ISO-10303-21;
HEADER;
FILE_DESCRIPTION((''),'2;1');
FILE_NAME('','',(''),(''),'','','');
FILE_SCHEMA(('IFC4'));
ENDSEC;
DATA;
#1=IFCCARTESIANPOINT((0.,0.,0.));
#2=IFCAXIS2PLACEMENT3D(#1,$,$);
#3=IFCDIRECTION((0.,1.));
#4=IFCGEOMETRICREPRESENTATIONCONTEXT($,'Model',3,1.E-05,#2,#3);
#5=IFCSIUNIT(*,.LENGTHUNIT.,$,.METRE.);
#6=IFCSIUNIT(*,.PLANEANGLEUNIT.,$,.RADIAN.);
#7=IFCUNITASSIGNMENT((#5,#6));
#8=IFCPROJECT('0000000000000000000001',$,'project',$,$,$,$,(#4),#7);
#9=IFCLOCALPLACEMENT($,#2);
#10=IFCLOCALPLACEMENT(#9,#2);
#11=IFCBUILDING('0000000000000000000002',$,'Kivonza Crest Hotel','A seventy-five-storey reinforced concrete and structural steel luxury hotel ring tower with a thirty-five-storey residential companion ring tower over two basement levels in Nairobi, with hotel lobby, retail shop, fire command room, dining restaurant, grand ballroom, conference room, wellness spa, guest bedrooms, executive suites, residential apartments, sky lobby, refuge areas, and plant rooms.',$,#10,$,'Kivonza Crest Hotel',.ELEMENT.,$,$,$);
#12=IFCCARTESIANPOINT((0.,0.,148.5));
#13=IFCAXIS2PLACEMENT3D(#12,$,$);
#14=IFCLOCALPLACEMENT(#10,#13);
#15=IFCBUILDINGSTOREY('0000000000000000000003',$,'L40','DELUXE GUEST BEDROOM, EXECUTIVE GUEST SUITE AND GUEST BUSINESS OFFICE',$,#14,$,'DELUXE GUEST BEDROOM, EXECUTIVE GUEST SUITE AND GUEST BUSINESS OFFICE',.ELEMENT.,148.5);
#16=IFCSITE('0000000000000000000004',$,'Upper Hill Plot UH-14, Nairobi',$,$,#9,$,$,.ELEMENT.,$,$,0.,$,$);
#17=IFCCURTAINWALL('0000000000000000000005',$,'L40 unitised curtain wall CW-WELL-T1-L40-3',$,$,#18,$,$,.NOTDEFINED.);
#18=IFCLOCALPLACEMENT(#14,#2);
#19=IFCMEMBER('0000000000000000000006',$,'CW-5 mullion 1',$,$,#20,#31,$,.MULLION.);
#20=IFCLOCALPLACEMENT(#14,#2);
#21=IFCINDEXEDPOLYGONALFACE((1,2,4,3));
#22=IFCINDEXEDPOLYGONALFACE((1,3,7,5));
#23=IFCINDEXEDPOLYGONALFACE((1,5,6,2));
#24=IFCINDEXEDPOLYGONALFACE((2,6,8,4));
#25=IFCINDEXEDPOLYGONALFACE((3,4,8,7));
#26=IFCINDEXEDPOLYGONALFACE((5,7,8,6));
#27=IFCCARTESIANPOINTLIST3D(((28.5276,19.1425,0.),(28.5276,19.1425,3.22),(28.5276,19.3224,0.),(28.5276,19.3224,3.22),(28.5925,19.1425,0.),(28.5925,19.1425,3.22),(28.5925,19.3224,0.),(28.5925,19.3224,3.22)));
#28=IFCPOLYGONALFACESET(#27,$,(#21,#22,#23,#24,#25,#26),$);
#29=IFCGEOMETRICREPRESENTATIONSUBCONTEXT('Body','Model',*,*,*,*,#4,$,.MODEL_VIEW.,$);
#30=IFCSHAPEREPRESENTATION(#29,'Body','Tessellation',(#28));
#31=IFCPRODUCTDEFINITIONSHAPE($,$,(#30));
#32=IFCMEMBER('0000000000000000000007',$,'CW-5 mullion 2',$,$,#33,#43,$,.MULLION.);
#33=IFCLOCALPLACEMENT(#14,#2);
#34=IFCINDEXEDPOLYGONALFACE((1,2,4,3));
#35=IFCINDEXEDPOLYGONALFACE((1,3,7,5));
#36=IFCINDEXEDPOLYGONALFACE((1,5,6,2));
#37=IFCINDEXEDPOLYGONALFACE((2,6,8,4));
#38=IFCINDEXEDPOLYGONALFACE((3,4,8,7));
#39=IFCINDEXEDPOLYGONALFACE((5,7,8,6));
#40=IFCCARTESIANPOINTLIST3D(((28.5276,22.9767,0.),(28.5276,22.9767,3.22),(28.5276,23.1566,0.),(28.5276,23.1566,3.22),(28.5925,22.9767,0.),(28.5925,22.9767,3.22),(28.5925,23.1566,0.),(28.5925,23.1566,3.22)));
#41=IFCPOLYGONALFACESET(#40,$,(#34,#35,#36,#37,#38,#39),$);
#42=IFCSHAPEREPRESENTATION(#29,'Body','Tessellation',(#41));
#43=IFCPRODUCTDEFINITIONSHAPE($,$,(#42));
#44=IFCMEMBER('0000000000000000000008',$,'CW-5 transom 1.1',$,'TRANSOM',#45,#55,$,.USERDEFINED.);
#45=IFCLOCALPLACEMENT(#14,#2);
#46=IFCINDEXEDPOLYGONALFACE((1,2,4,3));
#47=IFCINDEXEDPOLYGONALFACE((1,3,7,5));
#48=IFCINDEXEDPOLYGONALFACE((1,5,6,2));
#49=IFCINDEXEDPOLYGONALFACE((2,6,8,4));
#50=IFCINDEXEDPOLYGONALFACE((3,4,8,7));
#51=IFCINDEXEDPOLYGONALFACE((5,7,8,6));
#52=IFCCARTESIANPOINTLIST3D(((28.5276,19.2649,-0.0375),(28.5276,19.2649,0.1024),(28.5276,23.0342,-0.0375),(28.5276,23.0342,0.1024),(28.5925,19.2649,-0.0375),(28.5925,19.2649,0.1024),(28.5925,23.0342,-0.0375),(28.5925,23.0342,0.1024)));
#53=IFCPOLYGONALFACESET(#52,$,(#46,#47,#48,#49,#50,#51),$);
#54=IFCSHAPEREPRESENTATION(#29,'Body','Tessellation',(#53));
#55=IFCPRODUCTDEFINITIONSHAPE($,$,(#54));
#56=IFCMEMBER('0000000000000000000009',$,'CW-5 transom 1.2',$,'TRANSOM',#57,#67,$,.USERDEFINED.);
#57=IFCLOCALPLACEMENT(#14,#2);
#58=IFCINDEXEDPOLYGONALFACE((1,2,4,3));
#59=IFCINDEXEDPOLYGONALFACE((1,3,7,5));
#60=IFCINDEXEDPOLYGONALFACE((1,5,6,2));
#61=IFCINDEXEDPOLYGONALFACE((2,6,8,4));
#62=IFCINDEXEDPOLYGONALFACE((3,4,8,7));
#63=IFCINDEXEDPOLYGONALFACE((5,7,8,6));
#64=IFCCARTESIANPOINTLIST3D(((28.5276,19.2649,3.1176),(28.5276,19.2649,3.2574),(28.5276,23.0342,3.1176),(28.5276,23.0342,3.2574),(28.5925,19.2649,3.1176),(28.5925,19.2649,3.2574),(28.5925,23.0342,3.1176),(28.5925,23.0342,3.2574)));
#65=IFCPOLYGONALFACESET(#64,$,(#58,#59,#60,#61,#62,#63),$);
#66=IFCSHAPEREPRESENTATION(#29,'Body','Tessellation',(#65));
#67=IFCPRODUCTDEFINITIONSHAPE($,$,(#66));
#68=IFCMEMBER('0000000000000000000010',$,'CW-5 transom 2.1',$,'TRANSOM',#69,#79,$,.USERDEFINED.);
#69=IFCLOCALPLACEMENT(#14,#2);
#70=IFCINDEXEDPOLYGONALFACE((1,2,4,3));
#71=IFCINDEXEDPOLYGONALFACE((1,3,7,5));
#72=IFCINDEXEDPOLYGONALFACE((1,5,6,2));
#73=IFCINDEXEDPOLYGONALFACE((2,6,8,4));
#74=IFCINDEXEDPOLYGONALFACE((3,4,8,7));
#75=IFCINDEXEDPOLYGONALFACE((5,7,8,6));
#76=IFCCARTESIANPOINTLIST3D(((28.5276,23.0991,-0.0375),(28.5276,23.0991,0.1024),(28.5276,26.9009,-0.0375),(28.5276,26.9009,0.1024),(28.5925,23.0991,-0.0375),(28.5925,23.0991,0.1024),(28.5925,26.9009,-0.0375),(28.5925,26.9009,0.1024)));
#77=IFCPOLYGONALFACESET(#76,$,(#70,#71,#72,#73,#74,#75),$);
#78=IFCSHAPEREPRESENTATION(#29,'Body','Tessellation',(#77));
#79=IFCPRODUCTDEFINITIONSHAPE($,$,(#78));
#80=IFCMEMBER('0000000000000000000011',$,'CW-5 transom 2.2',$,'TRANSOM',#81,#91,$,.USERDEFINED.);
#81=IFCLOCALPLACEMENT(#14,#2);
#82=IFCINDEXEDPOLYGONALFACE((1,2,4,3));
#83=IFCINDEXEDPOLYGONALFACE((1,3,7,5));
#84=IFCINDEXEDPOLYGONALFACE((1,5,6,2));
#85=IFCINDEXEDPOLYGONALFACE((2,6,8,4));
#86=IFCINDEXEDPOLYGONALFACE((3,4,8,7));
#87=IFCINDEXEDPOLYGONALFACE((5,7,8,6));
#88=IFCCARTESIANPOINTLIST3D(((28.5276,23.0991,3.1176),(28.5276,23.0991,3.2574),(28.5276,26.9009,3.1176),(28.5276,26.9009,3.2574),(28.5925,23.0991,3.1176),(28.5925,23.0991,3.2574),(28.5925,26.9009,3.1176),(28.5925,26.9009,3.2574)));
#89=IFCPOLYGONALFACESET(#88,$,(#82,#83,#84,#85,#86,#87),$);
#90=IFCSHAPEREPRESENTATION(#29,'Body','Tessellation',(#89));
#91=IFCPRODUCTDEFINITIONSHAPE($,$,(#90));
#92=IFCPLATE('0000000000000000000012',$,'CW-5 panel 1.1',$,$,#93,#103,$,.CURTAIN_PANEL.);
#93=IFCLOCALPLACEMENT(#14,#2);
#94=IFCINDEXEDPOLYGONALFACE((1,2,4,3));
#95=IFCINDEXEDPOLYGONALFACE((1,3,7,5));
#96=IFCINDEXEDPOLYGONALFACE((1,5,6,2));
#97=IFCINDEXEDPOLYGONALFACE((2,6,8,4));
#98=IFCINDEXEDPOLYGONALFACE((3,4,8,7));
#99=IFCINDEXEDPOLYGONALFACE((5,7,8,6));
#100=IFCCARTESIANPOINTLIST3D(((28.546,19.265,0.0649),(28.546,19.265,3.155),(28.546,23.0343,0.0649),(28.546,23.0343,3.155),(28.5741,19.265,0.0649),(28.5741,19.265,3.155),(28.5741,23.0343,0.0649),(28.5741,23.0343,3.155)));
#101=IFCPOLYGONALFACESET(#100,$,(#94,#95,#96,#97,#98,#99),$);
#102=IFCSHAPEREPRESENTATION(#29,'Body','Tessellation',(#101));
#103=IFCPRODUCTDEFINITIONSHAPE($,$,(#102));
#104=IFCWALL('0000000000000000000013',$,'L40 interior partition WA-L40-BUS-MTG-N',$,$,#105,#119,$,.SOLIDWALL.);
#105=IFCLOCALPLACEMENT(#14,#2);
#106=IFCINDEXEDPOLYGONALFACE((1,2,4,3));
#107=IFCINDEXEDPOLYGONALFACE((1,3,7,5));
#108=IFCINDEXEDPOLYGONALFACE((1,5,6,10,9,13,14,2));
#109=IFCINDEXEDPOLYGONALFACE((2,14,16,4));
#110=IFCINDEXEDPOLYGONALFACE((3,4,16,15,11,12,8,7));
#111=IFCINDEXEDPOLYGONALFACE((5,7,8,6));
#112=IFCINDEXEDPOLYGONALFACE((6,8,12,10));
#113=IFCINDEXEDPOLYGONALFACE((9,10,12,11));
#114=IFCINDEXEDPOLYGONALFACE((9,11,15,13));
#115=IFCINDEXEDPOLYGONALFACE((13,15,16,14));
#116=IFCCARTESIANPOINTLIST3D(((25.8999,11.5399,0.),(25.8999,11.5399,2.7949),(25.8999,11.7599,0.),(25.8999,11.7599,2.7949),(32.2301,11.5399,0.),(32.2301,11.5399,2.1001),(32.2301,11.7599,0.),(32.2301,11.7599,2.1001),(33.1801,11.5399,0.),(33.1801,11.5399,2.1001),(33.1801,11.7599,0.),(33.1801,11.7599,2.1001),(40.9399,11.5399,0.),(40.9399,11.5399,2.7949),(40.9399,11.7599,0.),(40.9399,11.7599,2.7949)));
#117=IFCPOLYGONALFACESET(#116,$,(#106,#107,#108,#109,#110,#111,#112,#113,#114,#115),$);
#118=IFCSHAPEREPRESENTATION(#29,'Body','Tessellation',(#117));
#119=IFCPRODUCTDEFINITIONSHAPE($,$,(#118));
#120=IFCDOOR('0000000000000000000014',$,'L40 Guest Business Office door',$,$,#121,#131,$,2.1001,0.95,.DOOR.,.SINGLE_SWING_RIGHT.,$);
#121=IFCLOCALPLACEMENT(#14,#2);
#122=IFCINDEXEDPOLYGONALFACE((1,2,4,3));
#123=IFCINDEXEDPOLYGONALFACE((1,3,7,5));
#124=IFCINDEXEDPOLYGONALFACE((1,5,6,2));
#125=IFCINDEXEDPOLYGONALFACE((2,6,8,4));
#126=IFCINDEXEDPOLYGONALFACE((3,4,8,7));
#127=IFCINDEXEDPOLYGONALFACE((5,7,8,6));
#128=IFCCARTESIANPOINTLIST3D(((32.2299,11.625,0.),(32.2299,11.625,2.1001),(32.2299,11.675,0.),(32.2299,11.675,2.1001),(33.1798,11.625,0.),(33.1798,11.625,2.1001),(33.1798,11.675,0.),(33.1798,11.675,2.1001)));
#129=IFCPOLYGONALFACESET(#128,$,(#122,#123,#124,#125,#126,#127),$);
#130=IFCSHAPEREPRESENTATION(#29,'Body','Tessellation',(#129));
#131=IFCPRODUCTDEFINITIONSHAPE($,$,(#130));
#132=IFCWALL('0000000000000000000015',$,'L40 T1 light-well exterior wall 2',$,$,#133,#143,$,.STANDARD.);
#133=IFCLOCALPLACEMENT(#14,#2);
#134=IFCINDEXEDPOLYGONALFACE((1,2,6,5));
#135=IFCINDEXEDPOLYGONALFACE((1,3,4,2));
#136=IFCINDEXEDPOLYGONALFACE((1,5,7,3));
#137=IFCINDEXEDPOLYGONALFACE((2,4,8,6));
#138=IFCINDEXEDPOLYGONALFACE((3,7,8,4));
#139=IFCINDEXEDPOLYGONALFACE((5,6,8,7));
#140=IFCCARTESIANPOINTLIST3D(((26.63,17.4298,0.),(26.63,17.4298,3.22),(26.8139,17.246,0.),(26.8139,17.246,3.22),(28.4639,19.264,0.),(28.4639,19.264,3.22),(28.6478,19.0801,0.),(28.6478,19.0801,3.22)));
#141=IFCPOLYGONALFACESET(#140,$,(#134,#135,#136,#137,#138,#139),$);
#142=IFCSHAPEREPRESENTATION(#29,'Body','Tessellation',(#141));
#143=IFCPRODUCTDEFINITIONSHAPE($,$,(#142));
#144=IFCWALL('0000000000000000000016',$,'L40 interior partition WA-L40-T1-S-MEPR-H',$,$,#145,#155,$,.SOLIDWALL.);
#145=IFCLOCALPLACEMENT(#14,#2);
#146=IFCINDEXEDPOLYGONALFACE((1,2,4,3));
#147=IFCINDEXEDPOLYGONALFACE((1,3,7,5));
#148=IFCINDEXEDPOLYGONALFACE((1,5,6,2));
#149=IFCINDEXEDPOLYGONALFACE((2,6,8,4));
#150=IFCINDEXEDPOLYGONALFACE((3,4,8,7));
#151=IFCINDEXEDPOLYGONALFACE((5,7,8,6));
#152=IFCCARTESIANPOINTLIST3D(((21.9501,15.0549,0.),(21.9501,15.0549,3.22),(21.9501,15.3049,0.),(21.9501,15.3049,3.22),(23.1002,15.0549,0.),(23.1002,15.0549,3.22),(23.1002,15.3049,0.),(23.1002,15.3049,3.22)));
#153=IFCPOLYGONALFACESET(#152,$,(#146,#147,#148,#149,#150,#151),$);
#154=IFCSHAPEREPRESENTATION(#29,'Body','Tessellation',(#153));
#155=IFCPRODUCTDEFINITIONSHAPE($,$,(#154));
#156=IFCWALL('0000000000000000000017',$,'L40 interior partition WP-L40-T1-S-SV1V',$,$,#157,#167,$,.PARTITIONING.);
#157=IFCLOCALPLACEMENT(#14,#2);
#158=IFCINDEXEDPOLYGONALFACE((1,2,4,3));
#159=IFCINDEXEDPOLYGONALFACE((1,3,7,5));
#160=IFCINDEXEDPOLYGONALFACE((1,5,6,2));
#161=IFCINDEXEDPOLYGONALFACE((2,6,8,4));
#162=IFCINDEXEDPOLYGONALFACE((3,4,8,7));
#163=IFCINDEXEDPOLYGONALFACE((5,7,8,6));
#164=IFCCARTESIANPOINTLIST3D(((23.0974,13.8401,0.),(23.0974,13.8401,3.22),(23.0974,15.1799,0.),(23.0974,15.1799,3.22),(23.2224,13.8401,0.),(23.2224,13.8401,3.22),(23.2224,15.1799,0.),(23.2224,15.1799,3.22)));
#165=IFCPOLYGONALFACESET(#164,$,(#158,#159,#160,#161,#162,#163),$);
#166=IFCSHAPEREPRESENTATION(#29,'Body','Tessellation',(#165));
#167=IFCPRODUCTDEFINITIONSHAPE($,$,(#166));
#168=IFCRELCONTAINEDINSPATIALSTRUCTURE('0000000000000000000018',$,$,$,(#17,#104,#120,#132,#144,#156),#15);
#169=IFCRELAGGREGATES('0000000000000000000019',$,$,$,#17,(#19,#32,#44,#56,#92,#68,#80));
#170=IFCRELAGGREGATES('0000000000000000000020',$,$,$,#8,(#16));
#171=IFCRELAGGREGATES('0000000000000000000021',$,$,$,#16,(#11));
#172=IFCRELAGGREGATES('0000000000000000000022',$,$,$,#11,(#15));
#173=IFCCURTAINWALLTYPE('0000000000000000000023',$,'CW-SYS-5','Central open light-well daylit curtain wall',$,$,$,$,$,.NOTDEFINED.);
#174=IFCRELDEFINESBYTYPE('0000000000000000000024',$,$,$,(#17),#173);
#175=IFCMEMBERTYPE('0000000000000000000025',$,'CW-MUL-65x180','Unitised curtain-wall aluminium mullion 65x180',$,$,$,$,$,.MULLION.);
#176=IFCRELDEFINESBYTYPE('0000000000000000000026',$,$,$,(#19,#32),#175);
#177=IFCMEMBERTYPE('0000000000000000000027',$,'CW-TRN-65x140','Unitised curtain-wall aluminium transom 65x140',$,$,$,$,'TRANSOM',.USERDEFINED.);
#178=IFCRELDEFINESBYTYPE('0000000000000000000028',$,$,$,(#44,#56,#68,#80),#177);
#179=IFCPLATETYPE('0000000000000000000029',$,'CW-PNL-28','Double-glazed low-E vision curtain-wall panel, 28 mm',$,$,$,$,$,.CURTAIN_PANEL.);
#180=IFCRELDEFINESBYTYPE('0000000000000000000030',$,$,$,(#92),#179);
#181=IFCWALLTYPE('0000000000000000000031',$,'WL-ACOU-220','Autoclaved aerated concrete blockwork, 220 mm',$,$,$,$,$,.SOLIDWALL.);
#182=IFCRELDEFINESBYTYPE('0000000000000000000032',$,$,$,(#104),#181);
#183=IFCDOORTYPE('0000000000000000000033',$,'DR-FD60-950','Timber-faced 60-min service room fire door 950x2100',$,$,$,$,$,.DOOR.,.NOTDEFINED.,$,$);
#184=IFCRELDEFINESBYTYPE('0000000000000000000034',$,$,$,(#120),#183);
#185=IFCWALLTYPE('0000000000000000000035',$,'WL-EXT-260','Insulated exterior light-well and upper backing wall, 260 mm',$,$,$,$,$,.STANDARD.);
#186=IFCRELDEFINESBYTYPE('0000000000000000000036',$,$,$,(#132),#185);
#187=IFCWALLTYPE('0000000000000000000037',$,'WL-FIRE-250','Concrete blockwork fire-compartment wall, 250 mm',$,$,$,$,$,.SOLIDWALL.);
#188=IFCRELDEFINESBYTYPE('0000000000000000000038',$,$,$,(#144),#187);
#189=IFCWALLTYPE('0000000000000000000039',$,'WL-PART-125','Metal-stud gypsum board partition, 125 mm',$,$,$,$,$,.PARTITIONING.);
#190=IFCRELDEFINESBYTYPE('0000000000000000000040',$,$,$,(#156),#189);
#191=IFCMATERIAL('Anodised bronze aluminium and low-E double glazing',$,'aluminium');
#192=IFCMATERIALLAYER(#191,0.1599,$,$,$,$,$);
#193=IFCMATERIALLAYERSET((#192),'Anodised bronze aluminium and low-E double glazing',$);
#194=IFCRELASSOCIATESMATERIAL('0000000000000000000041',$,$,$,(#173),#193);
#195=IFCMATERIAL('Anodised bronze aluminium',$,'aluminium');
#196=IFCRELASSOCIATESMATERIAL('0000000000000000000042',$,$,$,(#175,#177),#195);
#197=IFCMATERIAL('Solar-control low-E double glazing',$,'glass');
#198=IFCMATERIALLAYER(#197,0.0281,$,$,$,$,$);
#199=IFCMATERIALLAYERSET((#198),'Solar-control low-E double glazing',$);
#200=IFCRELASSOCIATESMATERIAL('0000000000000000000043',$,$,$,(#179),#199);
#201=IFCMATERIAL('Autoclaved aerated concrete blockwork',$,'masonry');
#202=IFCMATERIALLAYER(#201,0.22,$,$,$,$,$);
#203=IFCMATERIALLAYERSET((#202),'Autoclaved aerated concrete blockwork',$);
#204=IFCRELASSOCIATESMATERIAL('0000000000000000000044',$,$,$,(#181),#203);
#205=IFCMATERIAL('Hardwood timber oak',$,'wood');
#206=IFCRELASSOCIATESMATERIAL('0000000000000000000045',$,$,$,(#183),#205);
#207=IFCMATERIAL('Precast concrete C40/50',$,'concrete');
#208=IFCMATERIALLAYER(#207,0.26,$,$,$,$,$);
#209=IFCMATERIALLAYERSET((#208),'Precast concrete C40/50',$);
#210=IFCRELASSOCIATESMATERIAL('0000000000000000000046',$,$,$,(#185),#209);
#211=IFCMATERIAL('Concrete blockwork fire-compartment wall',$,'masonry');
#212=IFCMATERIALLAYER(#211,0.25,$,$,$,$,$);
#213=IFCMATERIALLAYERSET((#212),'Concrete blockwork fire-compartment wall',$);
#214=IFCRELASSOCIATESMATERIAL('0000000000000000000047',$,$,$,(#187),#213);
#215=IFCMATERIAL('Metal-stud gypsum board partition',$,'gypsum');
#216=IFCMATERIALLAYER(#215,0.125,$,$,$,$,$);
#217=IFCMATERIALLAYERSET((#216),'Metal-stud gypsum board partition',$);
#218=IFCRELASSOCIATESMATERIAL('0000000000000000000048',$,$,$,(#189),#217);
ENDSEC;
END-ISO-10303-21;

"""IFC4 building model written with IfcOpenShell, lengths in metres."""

from ifc_helpers import new_model, si_unit, direction, frame, frame_2d, origin, origin_2d, place, context, subcontext, project, spatial, rectangle, extrude, material, layer, layer_set, material_profile, profile_set, type_object, element, fill, aggregate, save


model = new_model("IFC4")

# Units and contexts
model_context = context("Model", 3, precision=1e-05, world=origin(), true_north=direction((0.0, 1.0)))
body_context = subcontext(model_context, "Body", "Model", "MODEL_VIEW")
ifc_project = project(units=[si_unit("LENGTHUNIT", "METRE"), si_unit("PLANEANGLEUNIT", "RADIAN")], contexts=[model_context])

# Site, building, storey
site_placement = place(None, origin())
site = spatial("IfcSite", under=ifc_project, at=site_placement, Name="Upper Hill Plot UH-14, Nairobi", CompositionType="ELEMENT", RefElevation=0.0)
building_placement = place(site_placement, origin())
building = spatial("IfcBuilding", under=site, at=building_placement, Name="Kivonza Crest Hotel", Description="A seventy-five-storey reinforced concrete and structural steel luxury hotel ring tower with a thirty-five-storey residential companion ring tower over two basement levels in Nairobi, with hotel lobby, retail shop, fire command room, dining restaurant, grand ballroom, conference room, wellness spa, guest bedrooms, executive suites, residential apartments, sky lobby, refuge areas, and plant rooms.", LongName="Kivonza Crest Hotel", CompositionType="ELEMENT")
storey_placement = place(building_placement, frame((0.0, 0.0, 148.5)))
storey = spatial("IfcBuildingStorey", under=building, at=storey_placement, Name="L40", Description="DELUXE GUEST BEDROOM, EXECUTIVE GUEST SUITE AND GUEST BUSINESS OFFICE", LongName="DELUXE GUEST BEDROOM, EXECUTIVE GUEST SUITE AND GUEST BUSINESS OFFICE", CompositionType="ELEMENT", Elevation=148.5)

# Curtain wall, members, plate
ifc_material_1 = material(Name="Anodised bronze aluminium and low-E double glazing", Category="aluminium")
ifc_layer_1 = layer(ifc_material_1, 0.1599)
ifc_layer_set_1 = layer_set([ifc_layer_1], Name="Anodised bronze aluminium and low-E double glazing")
curtain_wall_type = type_object("IfcCurtainWallType", Name="CW-SYS-5", Description="Central open light-well daylit curtain wall", PredefinedType="NOTDEFINED", material=ifc_layer_set_1)
curtain_wall_placement = place(storey_placement, origin())
curtain_wall = element("IfcCurtainWall", 1, at=curtain_wall_placement, inside=storey, type_object=curtain_wall_type, Name="L40 unitised curtain wall CW-WELL-T1-L40-3", PredefinedType="NOTDEFINED")
ifc_material_2 = material(Name="Anodised bronze aluminium", Category="aluminium")
ifc_material_profile_1 = material_profile(ifc_material_2, rectangle(XDim=0.0649, YDim=0.1799, at=origin_2d()), Name="CW-M 65x180")
ifc_profile_set_1 = profile_set([ifc_material_profile_1], Name="Anodised bronze aluminium")
member_type_1 = type_object("IfcMemberType", Name="CW-MUL-65x180", Description="Unitised curtain-wall aluminium mullion 65x180", PredefinedType="MULLION", material=ifc_profile_set_1)
member_1_placement = place(storey_placement, frame((28.5601, 19.2324, 0.0), z_axis=(0.0, 0.0, 1.0), x_axis=(-1.0, 0.0, 0.0)))
member_1 = element("IfcMember", 2, at=member_1_placement, type_object=member_type_1, Name="CW-5 mullion 1", PredefinedType="MULLION", context=body_context, shape_type="SweptSolid", body=[
    extrude(rectangle(XDim=0.0649, YDim=0.1799, at=origin_2d()), origin(), (0.0, 0.0, 1.0), 3.22),
])
member_2_placement = place(storey_placement, frame((28.5601, 23.0667, 0.0), z_axis=(0.0, 0.0, 1.0), x_axis=(-1.0, 0.0, 0.0)))
member_2 = element("IfcMember", 3, at=member_2_placement, type_object=member_type_1, Name="CW-5 mullion 2", PredefinedType="MULLION", context=body_context, shape_type="SweptSolid", body=[
    extrude(rectangle(XDim=0.0649, YDim=0.1799, at=origin_2d()), origin(), (0.0, 0.0, 1.0), 3.22),
])
ifc_material_profile_2 = material_profile(ifc_material_2, rectangle(XDim=0.0649, YDim=0.1399, at=origin_2d()), Name="CW-T 65x140")
ifc_profile_set_2 = profile_set([ifc_material_profile_2], Name="Anodised bronze aluminium")
member_type_2 = type_object("IfcMemberType", Name="CW-TRN-65x140", Description="Unitised curtain-wall aluminium transom 65x140", ElementType="TRANSOM", PredefinedType="USERDEFINED", material=ifc_profile_set_2)
member_3_placement = place(storey_placement, frame((28.5601, 19.2649, 0.0325), z_axis=(0.0, 1.0, 0.0), x_axis=(-1.0, 0.0, 0.0)))
member_3 = element("IfcMember", 4, at=member_3_placement, type_object=member_type_2, Name="CW-5 transom 1.1", ObjectType="TRANSOM", PredefinedType="USERDEFINED", context=body_context, shape_type="SweptSolid", body=[
    extrude(rectangle(XDim=0.0649, YDim=0.1399, at=origin_2d()), origin(), (0.0, 0.0, 1.0), 3.7693),
])
member_4_placement = place(storey_placement, frame((28.5601, 19.2649, 3.1875), z_axis=(0.0, 1.0, 0.0), x_axis=(-1.0, 0.0, 0.0)))
member_4 = element("IfcMember", 5, at=member_4_placement, type_object=member_type_2, Name="CW-5 transom 1.2", ObjectType="TRANSOM", PredefinedType="USERDEFINED", context=body_context, shape_type="SweptSolid", body=[
    extrude(rectangle(XDim=0.0649, YDim=0.1399, at=origin_2d()), origin(), (0.0, 0.0, 1.0), 3.7693),
])
member_5_placement = place(storey_placement, frame((28.5601, 23.0991, 0.0325), z_axis=(0.0, 1.0, 0.0), x_axis=(-1.0, 0.0, 0.0)))
member_5 = element("IfcMember", 6, at=member_5_placement, type_object=member_type_2, Name="CW-5 transom 2.1", ObjectType="TRANSOM", PredefinedType="USERDEFINED", context=body_context, shape_type="SweptSolid", body=[
    extrude(rectangle(XDim=0.0649, YDim=0.1399, at=origin_2d()), origin(), (0.0, 0.0, 1.0), 3.8018),
])
member_6_placement = place(storey_placement, frame((28.5601, 23.0991, 3.1875), z_axis=(0.0, 1.0, 0.0), x_axis=(-1.0, 0.0, 0.0)))
member_6 = element("IfcMember", 7, at=member_6_placement, type_object=member_type_2, Name="CW-5 transom 2.2", ObjectType="TRANSOM", PredefinedType="USERDEFINED", context=body_context, shape_type="SweptSolid", body=[
    extrude(rectangle(XDim=0.0649, YDim=0.1399, at=origin_2d()), origin(), (0.0, 0.0, 1.0), 3.8018),
])
ifc_material_3 = material(Name="Solar-control low-E double glazing", Category="glass")
ifc_layer_2 = layer(ifc_material_3, 0.0281)
ifc_layer_set_2 = layer_set([ifc_layer_2], Name="Solar-control low-E double glazing")
plate_type = type_object("IfcPlateType", Name="CW-PNL-28", Description="Double-glazed low-E vision curtain-wall panel, 28 mm", PredefinedType="CURTAIN_PANEL", material=ifc_layer_set_2)
plate_placement = place(storey_placement, frame((28.5601, 21.1497, 0.0649), z_axis=(0.0, 0.0, 1.0), x_axis=(0.0, 1.0, 0.0)))
plate = element("IfcPlate", 8, at=plate_placement, type_object=plate_type, Name="CW-5 panel 1.1", PredefinedType="CURTAIN_PANEL", context=body_context, shape_type="SweptSolid", body=[
    extrude(rectangle(XDim=3.7693, YDim=0.0281, at=origin_2d()), origin(), (0.0, 0.0, 1.0), 3.0901),
])
aggregate(curtain_wall, [member_1, member_2, member_3, member_4, plate, member_5, member_6])

# Wall, opening, door
ifc_material_4 = material(Name="Autoclaved aerated concrete blockwork", Category="masonry")
ifc_layer_3 = layer(ifc_material_4, 0.22)
ifc_layer_set_3 = layer_set([ifc_layer_3], Name="Autoclaved aerated concrete blockwork")
wall_type_1 = type_object("IfcWallType", Name="WL-ACOU-220", Description="Autoclaved aerated concrete blockwork, 220 mm", PredefinedType="SOLIDWALL", material=ifc_layer_set_3)
wall_1_placement = place(storey_placement, frame((25.8999, 11.6499, 0.0), z_axis=(0.0, 0.0, 1.0), x_axis=(1.0, 0.0, 0.0)))
wall_1 = element("IfcWall", 9, at=wall_1_placement, inside=storey, type_object=wall_type_1, Name="L40 interior partition WA-L40-BUS-MTG-N", PredefinedType="SOLIDWALL", context=body_context, shape_type="SweptSolid", body=[
    extrude(rectangle(XDim=15.04, YDim=0.22, at=frame_2d((7.52, 0.0))), origin(), (0.0, 0.0, 1.0), 2.7949),
])
opening_1_placement = place(wall_1_placement, frame((6.3301, 0.0, 0.0)))
opening_1 = element("IfcOpeningElement", 10, at=opening_1_placement, cuts=wall_1, PredefinedType="OPENING", context=body_context, shape_type="SweptSolid", body=[
    extrude(rectangle(XDim=0.95, YDim=2.1001, at=frame_2d((0.4751, 1.05))), frame((0.0, 0.1201, 0.0), z_axis=(0.0, -1.0, 0.0), x_axis=(1.0, 0.0, 0.0)), (0.0, 0.0, 1.0), 0.24),
])
ifc_material_5 = material(Name="Hardwood timber oak", Category="wood")
door_type_1 = type_object("IfcDoorType", Name="DR-FD60-950", Description="Timber-faced 60-min service room fire door 950x2100", OperationType="NOTDEFINED", PredefinedType="DOOR", material=ifc_material_5)
door_1_placement = place(opening_1_placement, frame((0.95, 0.0, 0.0), z_axis=(0.0, 0.0, 1.0), x_axis=(-1.0, 0.0, 0.0)))
door_1 = element("IfcDoor", 11, at=door_1_placement, inside=storey, type_object=door_type_1, Name="L40 Guest Business Office door", OperationType="SINGLE_SWING_RIGHT", OverallHeight=2.1001, OverallWidth=0.95, PredefinedType="DOOR", context=body_context, shape_type="SweptSolid", body=[
    extrude(rectangle(XDim=0.95, YDim=2.1001, at=frame_2d((0.4751, 1.05))), frame((0.0, 0.0249, 0.0), z_axis=(0.0, -1.0, 0.0), x_axis=(1.0, 0.0, 0.0)), (0.0, 0.0, 1.0), 0.05),
])
fill(opening_1, door_1)

# Walls
ifc_material_6 = material(Name="Precast concrete C40/50", Category="concrete")
ifc_layer_4 = layer(ifc_material_6, 0.26)
ifc_layer_set_4 = layer_set([ifc_layer_4], Name="Precast concrete C40/50")
wall_type_2 = type_object("IfcWallType", Name="WL-EXT-260", Description="Insulated exterior light-well and upper backing wall, 260 mm", PredefinedType="STANDARD", material=ifc_layer_set_4)
wall_2_placement = place(storey_placement, frame((26.7219, 17.3379, 0.0), z_axis=(0.0, 0.0, 1.0), x_axis=(0.70706, 0.707154, 0.0)))
element("IfcWall", 12, at=wall_2_placement, inside=storey, type_object=wall_type_2, Name="L40 T1 light-well exterior wall 2", PredefinedType="STANDARD", context=body_context, shape_type="SweptSolid", body=[
    extrude(rectangle(XDim=2.5938, YDim=0.26, at=frame_2d((1.2969, 0.0))), origin(), (0.0, 0.0, 1.0), 3.22),
])
ifc_material_7 = material(Name="Concrete blockwork fire-compartment wall", Category="masonry")
ifc_layer_5 = layer(ifc_material_7, 0.25)
ifc_layer_set_5 = layer_set([ifc_layer_5], Name="Concrete blockwork fire-compartment wall")
wall_type_3 = type_object("IfcWallType", Name="WL-FIRE-250", Description="Concrete blockwork fire-compartment wall, 250 mm", PredefinedType="SOLIDWALL", material=ifc_layer_set_5)
wall_3_placement = place(storey_placement, frame((21.95, 15.1799, 0.0), z_axis=(0.0, 0.0, 1.0), x_axis=(1.0, 0.0, 0.0)))
element("IfcWall", 13, at=wall_3_placement, inside=storey, type_object=wall_type_3, Name="L40 interior partition WA-L40-T1-S-MEPR-H", PredefinedType="SOLIDWALL", context=body_context, shape_type="SweptSolid", body=[
    extrude(rectangle(XDim=1.1501, YDim=0.25, at=frame_2d((0.5752, 0.0))), origin(), (0.0, 0.0, 1.0), 3.22),
])
ifc_material_8 = material(Name="Metal-stud gypsum board partition", Category="gypsum")
ifc_layer_6 = layer(ifc_material_8, 0.125)
ifc_layer_set_6 = layer_set([ifc_layer_6], Name="Metal-stud gypsum board partition")
wall_type_4 = type_object("IfcWallType", Name="WL-PART-125", Description="Metal-stud gypsum board partition, 125 mm", PredefinedType="PARTITIONING", material=ifc_layer_set_6)
wall_4_placement = place(storey_placement, frame((23.1599, 13.8401, 0.0), z_axis=(0.0, 0.0, 1.0), x_axis=(0.0, 1.0, 0.0)))
element("IfcWall", 14, at=wall_4_placement, inside=storey, type_object=wall_type_4, Name="L40 interior partition WP-L40-T1-S-SV1V", PredefinedType="PARTITIONING", context=body_context, shape_type="SweptSolid", body=[
    extrude(rectangle(XDim=1.3398, YDim=0.125, at=frame_2d((0.6699, 0.0))), origin(), (0.0, 0.0, 1.0), 3.22),
])

save(model, "model.ifc")
